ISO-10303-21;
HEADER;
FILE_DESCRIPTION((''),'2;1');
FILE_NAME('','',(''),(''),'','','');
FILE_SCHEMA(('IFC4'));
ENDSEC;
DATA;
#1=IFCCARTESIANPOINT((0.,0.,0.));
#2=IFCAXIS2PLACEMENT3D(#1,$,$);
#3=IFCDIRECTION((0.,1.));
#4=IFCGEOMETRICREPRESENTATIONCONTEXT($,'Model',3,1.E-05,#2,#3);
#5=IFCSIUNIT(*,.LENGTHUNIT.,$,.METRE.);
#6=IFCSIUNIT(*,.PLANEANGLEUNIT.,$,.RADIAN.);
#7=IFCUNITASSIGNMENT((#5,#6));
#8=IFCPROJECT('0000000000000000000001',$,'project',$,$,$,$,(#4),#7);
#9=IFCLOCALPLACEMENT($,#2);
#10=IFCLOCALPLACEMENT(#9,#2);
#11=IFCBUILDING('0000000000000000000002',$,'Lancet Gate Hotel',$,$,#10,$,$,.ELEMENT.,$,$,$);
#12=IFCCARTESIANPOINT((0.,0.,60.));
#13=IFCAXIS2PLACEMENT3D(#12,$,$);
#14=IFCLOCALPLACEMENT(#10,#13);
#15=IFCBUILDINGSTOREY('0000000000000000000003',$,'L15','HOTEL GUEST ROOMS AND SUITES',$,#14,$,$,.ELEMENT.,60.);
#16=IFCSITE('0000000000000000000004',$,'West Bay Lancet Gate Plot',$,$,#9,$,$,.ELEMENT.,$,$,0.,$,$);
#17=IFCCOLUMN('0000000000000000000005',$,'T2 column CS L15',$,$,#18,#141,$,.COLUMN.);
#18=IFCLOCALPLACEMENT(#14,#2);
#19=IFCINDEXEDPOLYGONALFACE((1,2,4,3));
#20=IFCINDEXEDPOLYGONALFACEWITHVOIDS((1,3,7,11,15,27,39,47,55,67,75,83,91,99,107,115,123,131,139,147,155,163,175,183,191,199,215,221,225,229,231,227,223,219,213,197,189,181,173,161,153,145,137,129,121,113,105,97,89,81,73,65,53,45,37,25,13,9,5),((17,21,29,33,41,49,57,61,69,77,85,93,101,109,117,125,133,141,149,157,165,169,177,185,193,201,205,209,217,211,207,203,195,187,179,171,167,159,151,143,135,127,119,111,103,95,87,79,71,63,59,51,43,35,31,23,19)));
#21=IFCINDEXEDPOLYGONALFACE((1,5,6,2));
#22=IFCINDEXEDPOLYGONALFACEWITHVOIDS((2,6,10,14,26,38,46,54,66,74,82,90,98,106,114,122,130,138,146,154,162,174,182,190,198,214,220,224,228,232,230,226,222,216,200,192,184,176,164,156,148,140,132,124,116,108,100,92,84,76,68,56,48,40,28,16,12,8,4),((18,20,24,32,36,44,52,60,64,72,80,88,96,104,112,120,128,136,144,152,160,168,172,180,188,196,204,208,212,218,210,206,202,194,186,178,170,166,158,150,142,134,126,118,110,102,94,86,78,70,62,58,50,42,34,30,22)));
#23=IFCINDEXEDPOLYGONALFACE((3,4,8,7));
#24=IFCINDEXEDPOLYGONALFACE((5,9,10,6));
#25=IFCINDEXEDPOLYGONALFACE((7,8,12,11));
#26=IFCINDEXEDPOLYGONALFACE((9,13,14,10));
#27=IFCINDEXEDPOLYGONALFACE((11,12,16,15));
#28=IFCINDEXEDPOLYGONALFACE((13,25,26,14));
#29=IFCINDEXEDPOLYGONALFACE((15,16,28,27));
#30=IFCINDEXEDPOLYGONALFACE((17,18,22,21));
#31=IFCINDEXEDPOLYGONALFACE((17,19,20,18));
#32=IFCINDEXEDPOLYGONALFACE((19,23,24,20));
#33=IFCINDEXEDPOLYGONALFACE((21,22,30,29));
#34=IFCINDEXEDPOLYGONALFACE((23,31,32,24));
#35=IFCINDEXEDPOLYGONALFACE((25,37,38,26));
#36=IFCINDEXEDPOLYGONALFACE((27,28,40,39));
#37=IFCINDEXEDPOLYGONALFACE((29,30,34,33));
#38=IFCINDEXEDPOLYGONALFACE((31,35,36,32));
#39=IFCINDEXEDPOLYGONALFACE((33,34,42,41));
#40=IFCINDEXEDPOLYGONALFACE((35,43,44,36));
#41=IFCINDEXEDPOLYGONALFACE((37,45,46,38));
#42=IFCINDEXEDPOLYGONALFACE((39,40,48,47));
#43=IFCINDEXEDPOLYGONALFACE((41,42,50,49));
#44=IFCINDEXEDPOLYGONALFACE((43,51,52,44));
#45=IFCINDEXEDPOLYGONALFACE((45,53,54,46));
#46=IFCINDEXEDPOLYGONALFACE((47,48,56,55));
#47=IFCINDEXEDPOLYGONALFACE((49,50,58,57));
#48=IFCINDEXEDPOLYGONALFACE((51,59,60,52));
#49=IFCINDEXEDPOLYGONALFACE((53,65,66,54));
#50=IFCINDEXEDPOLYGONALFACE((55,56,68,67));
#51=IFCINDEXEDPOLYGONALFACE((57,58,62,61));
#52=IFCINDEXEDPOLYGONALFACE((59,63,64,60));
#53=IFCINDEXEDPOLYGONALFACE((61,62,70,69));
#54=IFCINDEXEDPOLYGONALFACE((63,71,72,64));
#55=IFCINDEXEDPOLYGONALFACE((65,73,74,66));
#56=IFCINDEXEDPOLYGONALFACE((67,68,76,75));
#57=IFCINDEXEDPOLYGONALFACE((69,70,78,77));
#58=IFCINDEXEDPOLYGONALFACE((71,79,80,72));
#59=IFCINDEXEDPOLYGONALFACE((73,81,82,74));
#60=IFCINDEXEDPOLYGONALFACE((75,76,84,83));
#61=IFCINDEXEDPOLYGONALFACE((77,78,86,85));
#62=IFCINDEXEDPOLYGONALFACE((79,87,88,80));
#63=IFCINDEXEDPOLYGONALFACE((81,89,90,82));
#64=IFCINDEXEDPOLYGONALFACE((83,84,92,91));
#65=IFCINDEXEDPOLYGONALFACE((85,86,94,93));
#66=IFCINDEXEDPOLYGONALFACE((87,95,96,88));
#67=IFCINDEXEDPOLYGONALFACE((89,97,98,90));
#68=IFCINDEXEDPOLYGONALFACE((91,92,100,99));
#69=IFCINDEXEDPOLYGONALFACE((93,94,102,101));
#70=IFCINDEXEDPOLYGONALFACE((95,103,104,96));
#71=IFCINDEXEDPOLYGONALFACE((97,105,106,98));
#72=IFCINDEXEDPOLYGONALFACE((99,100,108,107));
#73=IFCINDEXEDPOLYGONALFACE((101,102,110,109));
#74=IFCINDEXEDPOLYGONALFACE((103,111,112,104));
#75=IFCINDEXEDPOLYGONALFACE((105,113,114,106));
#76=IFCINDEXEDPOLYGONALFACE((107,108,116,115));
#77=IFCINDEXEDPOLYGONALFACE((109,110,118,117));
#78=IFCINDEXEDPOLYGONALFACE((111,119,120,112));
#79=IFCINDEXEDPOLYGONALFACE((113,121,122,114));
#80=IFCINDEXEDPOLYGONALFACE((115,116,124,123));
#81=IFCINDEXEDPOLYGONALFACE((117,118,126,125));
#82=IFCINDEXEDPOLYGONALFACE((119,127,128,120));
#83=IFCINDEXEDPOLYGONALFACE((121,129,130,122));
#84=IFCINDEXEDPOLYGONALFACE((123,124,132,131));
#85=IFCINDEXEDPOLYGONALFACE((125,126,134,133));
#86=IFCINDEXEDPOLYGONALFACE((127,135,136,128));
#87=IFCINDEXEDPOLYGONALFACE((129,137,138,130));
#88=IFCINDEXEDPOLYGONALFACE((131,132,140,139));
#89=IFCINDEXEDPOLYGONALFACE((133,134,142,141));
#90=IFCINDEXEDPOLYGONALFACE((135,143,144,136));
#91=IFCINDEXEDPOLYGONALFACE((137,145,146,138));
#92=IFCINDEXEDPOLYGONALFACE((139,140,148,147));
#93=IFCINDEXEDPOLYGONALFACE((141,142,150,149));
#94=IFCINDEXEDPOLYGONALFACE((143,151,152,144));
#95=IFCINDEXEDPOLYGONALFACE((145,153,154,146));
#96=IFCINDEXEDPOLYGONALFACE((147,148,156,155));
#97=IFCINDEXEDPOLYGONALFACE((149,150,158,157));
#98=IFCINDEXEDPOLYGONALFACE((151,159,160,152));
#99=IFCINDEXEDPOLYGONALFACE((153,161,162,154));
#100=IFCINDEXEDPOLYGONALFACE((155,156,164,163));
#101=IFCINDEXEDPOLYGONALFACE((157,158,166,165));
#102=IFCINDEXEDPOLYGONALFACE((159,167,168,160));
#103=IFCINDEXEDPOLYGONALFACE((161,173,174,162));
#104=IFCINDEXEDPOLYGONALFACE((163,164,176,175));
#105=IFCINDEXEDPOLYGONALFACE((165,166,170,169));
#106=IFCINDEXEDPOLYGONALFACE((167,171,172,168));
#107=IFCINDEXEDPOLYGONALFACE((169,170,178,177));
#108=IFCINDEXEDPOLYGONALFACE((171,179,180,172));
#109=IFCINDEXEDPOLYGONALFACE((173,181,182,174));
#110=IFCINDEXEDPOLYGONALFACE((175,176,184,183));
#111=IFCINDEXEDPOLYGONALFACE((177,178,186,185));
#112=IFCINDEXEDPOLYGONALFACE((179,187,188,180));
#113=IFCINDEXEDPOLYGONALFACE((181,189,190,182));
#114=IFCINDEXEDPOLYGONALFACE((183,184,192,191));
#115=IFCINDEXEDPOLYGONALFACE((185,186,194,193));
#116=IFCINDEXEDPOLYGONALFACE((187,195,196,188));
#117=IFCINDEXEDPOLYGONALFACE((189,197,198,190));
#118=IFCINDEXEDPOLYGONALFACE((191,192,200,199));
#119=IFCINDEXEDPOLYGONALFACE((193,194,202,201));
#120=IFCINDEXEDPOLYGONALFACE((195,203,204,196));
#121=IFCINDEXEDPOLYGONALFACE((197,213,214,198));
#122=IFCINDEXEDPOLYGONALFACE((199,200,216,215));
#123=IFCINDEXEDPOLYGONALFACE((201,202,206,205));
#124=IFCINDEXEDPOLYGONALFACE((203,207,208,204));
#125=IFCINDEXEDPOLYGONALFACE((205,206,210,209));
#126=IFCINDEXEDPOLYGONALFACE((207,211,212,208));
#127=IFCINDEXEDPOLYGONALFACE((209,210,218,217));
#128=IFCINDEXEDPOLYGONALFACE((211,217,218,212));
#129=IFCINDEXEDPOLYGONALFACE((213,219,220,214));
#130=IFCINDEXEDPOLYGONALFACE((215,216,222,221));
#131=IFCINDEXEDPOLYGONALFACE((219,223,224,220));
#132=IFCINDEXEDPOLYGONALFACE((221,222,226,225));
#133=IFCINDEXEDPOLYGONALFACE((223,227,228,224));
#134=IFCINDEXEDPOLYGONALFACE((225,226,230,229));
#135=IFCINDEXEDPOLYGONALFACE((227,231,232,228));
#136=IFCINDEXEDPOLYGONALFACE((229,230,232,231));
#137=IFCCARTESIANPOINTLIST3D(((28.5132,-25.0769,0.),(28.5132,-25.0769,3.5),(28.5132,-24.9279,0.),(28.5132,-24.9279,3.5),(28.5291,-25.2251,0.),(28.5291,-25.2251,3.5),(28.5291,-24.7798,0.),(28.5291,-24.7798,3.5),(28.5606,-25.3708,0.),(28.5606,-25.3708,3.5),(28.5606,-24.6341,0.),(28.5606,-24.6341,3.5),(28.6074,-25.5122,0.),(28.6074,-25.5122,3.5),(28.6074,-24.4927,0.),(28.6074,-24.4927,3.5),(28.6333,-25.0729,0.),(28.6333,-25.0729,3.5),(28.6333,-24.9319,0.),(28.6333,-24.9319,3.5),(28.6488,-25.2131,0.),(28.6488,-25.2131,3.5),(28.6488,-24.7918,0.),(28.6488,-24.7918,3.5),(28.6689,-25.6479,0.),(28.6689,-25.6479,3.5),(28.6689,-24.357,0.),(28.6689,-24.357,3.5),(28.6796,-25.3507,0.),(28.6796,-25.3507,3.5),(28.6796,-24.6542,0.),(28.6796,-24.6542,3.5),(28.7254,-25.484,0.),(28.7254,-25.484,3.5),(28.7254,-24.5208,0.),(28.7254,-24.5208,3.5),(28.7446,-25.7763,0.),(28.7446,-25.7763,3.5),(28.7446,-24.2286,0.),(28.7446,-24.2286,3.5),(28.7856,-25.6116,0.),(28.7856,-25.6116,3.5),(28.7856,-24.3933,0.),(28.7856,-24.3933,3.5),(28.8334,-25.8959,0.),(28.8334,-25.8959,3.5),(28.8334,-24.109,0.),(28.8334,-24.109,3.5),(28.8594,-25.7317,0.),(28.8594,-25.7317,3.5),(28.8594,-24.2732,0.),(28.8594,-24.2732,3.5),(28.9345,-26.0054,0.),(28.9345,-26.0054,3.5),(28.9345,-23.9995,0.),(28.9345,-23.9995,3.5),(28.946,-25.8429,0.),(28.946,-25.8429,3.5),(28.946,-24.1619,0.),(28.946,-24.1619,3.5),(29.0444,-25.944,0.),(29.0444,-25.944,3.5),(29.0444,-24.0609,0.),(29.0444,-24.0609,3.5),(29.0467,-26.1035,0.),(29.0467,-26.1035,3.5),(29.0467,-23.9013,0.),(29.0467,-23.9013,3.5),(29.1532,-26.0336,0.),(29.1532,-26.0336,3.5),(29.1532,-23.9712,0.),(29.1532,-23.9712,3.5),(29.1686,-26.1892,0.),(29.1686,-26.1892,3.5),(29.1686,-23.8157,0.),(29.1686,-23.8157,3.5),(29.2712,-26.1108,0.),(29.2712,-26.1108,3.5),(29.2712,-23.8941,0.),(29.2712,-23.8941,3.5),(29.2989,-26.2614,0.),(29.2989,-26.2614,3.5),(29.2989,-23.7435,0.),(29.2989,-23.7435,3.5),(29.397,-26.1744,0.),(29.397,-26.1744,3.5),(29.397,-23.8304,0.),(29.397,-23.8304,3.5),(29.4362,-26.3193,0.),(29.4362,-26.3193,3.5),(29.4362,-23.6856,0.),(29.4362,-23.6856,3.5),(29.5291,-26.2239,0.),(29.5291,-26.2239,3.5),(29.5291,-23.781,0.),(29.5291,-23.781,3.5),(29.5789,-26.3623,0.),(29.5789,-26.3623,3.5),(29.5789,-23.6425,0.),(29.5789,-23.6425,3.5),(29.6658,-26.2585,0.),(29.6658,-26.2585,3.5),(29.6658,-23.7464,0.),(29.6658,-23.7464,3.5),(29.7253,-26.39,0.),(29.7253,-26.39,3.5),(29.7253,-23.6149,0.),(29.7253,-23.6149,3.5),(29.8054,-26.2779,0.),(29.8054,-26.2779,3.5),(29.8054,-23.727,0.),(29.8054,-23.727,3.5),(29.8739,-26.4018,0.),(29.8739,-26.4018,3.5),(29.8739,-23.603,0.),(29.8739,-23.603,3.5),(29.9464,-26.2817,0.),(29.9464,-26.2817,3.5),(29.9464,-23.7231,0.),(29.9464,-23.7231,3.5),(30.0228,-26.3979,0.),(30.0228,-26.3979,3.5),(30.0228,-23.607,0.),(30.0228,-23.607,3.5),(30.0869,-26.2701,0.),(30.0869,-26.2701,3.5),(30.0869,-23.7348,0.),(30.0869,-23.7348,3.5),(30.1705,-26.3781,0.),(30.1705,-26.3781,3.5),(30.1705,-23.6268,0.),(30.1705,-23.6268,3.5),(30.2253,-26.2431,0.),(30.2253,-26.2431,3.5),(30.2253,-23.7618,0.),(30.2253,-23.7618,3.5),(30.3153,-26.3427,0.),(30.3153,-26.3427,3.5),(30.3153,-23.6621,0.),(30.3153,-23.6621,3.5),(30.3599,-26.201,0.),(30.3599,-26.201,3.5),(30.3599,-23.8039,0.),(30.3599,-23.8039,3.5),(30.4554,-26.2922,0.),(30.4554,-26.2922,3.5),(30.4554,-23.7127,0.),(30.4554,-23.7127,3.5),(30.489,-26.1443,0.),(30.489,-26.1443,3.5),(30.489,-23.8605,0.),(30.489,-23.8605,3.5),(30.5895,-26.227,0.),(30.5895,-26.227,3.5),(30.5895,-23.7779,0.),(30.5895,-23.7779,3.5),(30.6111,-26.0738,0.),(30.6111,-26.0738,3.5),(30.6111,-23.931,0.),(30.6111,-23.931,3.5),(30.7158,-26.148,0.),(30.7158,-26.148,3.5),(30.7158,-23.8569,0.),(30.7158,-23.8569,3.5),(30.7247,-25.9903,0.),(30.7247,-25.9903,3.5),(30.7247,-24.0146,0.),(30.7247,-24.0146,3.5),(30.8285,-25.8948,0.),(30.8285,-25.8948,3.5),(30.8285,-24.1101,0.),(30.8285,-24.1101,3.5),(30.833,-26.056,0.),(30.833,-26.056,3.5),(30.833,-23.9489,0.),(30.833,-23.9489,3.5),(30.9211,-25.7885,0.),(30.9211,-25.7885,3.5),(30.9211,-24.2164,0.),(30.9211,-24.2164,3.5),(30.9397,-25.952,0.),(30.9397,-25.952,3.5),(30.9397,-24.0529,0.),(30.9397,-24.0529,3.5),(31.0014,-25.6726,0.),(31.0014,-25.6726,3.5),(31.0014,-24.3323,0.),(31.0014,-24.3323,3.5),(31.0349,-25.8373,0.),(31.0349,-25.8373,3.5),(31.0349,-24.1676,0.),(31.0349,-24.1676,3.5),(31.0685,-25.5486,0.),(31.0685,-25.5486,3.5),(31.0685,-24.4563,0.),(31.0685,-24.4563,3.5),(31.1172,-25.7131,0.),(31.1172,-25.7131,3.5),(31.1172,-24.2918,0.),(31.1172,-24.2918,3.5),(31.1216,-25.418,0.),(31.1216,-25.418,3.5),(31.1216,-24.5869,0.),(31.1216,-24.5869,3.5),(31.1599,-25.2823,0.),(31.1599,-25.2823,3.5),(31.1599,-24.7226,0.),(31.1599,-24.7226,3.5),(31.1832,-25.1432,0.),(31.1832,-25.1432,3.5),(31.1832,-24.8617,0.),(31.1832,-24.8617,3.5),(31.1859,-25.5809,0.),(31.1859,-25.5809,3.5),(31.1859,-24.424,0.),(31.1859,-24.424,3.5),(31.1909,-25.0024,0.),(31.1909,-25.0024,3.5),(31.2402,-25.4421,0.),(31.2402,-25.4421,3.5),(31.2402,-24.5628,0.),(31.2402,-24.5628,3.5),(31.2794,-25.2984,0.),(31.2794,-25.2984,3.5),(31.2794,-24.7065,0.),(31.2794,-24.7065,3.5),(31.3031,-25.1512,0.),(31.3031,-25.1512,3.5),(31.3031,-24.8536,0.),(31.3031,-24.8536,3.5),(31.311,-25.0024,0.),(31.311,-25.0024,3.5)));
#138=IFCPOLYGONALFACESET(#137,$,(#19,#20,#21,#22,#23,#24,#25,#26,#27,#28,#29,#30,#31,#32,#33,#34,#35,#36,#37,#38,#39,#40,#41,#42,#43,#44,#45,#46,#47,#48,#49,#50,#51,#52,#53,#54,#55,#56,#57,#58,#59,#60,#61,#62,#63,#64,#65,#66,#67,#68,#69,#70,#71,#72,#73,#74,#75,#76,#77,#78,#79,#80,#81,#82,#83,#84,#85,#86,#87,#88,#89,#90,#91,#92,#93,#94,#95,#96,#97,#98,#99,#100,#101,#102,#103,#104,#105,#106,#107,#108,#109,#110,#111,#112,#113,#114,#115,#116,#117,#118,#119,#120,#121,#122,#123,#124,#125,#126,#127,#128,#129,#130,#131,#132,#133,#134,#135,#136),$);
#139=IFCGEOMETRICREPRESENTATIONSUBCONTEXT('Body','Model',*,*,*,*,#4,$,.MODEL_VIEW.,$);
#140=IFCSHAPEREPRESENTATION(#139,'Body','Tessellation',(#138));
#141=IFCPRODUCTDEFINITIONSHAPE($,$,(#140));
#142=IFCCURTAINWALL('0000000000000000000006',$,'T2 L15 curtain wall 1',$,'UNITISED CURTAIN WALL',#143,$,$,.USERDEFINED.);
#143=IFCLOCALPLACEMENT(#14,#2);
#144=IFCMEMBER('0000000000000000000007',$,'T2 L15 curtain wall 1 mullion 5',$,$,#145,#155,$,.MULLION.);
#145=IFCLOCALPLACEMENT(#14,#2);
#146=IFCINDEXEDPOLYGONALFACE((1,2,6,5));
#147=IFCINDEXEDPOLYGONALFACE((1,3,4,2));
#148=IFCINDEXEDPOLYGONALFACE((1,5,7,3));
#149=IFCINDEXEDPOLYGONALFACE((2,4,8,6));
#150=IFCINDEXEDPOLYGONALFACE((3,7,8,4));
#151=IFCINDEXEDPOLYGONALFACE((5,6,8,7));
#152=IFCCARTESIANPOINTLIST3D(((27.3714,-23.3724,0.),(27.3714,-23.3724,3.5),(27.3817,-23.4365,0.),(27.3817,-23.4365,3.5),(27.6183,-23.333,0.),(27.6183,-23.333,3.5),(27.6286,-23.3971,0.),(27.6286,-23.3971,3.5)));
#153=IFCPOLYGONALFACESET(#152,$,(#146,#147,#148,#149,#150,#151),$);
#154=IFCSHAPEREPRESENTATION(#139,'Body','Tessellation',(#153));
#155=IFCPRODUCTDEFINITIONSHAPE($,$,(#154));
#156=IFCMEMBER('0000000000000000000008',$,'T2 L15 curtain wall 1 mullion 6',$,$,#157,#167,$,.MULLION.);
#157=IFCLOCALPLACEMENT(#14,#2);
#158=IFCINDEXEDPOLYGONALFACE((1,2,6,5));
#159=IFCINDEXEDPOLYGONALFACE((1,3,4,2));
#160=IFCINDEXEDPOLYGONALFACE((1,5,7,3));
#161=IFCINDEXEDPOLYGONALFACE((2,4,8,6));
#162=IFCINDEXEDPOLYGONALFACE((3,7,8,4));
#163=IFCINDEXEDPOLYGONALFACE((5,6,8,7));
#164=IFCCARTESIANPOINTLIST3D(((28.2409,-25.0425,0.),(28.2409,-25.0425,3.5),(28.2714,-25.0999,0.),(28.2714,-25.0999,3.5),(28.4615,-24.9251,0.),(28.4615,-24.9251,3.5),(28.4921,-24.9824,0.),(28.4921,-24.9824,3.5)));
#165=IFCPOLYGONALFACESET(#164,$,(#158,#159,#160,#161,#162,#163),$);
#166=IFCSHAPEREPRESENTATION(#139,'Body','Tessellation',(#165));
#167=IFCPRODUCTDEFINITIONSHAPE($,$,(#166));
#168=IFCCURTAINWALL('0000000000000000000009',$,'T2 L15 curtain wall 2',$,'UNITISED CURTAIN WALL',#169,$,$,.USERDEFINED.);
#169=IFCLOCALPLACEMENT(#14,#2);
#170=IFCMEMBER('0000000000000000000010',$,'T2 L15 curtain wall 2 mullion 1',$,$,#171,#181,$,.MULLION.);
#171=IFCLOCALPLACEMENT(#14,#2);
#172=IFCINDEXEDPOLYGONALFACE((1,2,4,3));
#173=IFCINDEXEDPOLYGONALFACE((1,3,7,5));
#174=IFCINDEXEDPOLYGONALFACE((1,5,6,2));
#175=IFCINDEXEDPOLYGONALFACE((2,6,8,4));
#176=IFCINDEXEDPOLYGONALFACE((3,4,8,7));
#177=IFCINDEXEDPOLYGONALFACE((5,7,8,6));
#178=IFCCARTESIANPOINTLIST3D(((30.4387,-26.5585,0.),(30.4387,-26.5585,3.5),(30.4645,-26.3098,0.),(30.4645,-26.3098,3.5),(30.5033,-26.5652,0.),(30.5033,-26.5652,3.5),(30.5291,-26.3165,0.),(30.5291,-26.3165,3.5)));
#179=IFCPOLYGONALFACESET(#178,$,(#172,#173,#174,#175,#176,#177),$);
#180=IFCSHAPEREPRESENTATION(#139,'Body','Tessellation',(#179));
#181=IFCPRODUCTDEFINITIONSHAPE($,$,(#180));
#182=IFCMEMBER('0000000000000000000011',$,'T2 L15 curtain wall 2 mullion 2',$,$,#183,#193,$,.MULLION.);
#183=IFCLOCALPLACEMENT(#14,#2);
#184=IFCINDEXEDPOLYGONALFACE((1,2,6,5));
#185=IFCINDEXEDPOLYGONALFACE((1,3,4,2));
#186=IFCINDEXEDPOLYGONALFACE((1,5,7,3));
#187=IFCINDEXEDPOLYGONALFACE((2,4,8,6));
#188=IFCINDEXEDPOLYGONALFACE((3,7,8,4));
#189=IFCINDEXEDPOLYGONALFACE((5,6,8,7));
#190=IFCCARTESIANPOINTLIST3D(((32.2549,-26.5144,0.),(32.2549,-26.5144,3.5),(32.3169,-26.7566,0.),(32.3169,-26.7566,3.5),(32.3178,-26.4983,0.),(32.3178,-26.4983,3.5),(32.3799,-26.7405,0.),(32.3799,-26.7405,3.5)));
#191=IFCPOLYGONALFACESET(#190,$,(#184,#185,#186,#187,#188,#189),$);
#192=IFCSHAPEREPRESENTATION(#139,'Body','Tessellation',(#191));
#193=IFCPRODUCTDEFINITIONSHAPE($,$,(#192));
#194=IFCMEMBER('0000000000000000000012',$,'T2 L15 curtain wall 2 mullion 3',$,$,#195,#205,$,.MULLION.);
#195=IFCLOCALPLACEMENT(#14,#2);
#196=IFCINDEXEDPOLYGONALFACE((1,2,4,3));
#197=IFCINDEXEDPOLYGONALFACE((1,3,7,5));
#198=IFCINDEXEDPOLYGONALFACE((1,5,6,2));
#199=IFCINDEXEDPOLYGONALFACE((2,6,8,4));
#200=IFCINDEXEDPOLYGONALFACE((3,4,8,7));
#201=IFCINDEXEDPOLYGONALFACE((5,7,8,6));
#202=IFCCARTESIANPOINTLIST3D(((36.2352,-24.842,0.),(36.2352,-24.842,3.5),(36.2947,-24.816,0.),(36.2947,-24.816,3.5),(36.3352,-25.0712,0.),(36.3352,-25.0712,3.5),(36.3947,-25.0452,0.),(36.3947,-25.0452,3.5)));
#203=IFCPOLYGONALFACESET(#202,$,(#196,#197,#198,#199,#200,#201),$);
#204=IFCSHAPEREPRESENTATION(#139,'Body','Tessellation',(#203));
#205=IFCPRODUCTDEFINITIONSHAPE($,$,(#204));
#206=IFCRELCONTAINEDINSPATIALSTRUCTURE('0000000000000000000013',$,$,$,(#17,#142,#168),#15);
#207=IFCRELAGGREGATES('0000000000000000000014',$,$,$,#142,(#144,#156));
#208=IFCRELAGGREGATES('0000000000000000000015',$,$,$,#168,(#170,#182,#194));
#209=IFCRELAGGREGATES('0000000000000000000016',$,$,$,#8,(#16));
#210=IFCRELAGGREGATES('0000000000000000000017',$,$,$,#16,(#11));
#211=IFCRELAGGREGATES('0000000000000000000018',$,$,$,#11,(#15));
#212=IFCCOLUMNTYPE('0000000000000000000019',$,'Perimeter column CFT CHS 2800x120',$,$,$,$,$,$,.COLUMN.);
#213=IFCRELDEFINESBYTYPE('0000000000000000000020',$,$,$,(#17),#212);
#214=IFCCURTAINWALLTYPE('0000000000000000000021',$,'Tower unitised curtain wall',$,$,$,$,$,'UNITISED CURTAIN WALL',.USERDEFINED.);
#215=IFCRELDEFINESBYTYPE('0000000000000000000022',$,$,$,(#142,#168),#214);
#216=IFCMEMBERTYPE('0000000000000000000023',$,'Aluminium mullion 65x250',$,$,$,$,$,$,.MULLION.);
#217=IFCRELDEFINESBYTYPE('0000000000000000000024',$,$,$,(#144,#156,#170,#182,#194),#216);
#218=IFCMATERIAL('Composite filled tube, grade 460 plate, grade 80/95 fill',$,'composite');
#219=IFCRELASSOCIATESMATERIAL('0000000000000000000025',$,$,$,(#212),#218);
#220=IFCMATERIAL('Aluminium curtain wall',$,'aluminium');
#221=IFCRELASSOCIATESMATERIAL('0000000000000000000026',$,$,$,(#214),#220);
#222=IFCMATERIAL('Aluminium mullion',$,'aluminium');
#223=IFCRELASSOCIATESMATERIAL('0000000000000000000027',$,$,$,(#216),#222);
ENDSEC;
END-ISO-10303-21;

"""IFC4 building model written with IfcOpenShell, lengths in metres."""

from ifc_helpers import new_model, si_unit, direction, frame, origin, origin_2d, place, context, subcontext, project, spatial, rectangle, hollow_circle, extrude, material, material_profile, profile_set, type_object, element, aggregate, save


model = new_model("IFC4")

# Units and contexts
model_context = context("Model", 3, precision=1e-05, world=origin(), true_north=direction((0.0, 1.0)))
body_context = subcontext(model_context, "Body", "Model", "MODEL_VIEW")
ifc_project = project(units=[si_unit("LENGTHUNIT", "METRE"), si_unit("PLANEANGLEUNIT", "RADIAN")], contexts=[model_context])

# Site, building, storey
site_placement = place(None, origin())
site = spatial("IfcSite", under=ifc_project, at=site_placement, Name="West Bay Lancet Gate Plot", CompositionType="ELEMENT", RefElevation=0.0)
building_placement = place(site_placement, origin())
building = spatial("IfcBuilding", under=site, at=building_placement, Name="Lancet Gate Hotel", CompositionType="ELEMENT")
storey_placement = place(building_placement, frame((0.0, 0.0, 60.0)))
storey = spatial("IfcBuildingStorey", under=building, at=storey_placement, Name="L15", Description="HOTEL GUEST ROOMS AND SUITES", CompositionType="ELEMENT", Elevation=60.0)

# Column
ifc_material_1 = material(Name="Composite filled tube, grade 460 plate, grade 80/95 fill", Category="composite")
ifc_material_profile_1 = material_profile(ifc_material_1, hollow_circle(Radius=1.3999, WallThickness=0.1201, at=origin_2d()), Name="CHS 2800x120")
ifc_profile_set_1 = profile_set([ifc_material_profile_1], Name="Composite filled tube, grade 460 plate, grade 80/95 fill")
column_type = type_object("IfcColumnType", Name="Perimeter column CFT CHS 2800x120", PredefinedType="COLUMN", material=ifc_profile_set_1)
column_placement = place(storey_placement, frame((29.9111, -25.0024, 0.0), z_axis=(0.0, 0.0, 1.0), x_axis=(1.0, 0.0, 0.0)))
element("IfcColumn", 1, at=column_placement, inside=storey, type_object=column_type, Name="T2 column CS L15", PredefinedType="COLUMN", context=body_context, shape_type="SweptSolid", body=[
    extrude(hollow_circle(Radius=1.3999, WallThickness=0.1201, at=origin_2d()), origin(), (0.0, 0.0, 1.0), 3.5),
])

# Curtain walls, members
ifc_material_2 = material(Name="Aluminium curtain wall", Category="aluminium")
curtain_wall_type = type_object("IfcCurtainWallType", Name="Tower unitised curtain wall", ElementType="UNITISED CURTAIN WALL", PredefinedType="USERDEFINED", material=ifc_material_2)
curtain_wall_1_placement = place(storey_placement, origin())
curtain_wall_1 = element("IfcCurtainWall", 2, at=curtain_wall_1_placement, inside=storey, type_object=curtain_wall_type, Name="T2 L15 curtain wall 1", ObjectType="UNITISED CURTAIN WALL", PredefinedType="USERDEFINED")
ifc_material_3 = material(Name="Aluminium mullion", Category="aluminium")
ifc_material_profile_2 = material_profile(ifc_material_3, rectangle(XDim=0.0649, YDim=0.25, at=origin_2d()), Name="MULLION 65x250")
ifc_profile_set_2 = profile_set([ifc_material_profile_2], Name="Aluminium mullion")
member_type_1 = type_object("IfcMemberType", Name="Aluminium mullion 65x250", PredefinedType="MULLION", material=ifc_profile_set_2)
member_1_placement = place(storey_placement, frame((27.5, -23.3848, 0.0), z_axis=(0.0, 0.0, 1.0), x_axis=(0.157752, -0.987479, 0.0)))
member_1 = element("IfcMember", 3, at=member_1_placement, type_object=member_type_1, Name="T2 L15 curtain wall 1 mullion 5", PredefinedType="MULLION", context=body_context, shape_type="SweptSolid", body=[
    extrude(rectangle(XDim=0.0649, YDim=0.25, at=origin_2d()), origin(), (0.0, 0.0, 1.0), 3.5),
])
member_2_placement = place(storey_placement, frame((28.3665, -25.0125, 0.0), z_axis=(0.0, 0.0, 1.0), x_axis=(0.469898, -0.882721, 0.0)))
member_2 = element("IfcMember", 4, at=member_2_placement, type_object=member_type_1, Name="T2 L15 curtain wall 1 mullion 6", PredefinedType="MULLION", context=body_context, shape_type="SweptSolid", body=[
    extrude(rectangle(XDim=0.0649, YDim=0.25, at=origin_2d()), origin(), (0.0, 0.0, 1.0), 3.5),
])
curtain_wall_2_placement = place(storey_placement, origin())
curtain_wall_2 = element("IfcCurtainWall", 5, at=curtain_wall_2_placement, inside=storey, type_object=curtain_wall_type, Name="T2 L15 curtain wall 2", ObjectType="UNITISED CURTAIN WALL", PredefinedType="USERDEFINED")
member_3_placement = place(storey_placement, frame((30.4839, -26.4375, 0.0), z_axis=(0.0, 0.0, 1.0), x_axis=(0.994672, -0.103088, 0.0)))
member_3 = element("IfcMember", 6, at=member_3_placement, type_object=member_type_1, Name="T2 L15 curtain wall 2 mullion 1", PredefinedType="MULLION", context=body_context, shape_type="SweptSolid", body=[
    extrude(rectangle(XDim=0.0649, YDim=0.25, at=origin_2d()), origin(), (0.0, 0.0, 1.0), 3.5),
])
member_4_placement = place(storey_placement, frame((32.3174, -26.6274, 0.0), z_axis=(0.0, 0.0, 1.0), x_axis=(0.968721, 0.24815, 0.0)))
member_4 = element("IfcMember", 7, at=member_4_placement, type_object=member_type_1, Name="T2 L15 curtain wall 2 mullion 2", PredefinedType="MULLION", context=body_context, shape_type="SweptSolid", body=[
    extrude(rectangle(XDim=0.0649, YDim=0.25, at=origin_2d()), origin(), (0.0, 0.0, 1.0), 3.5),
])
member_5_placement = place(storey_placement, frame((36.3149, -24.9436, 0.0), z_axis=(0.0, 0.0, 1.0), x_axis=(0.916579, 0.399854, 0.0)))
member_5 = element("IfcMember", 8, at=member_5_placement, type_object=member_type_1, Name="T2 L15 curtain wall 2 mullion 3", PredefinedType="MULLION", context=body_context, shape_type="SweptSolid", body=[
    extrude(rectangle(XDim=0.0649, YDim=0.25, at=origin_2d()), origin(), (0.0, 0.0, 1.0), 3.5),
])

aggregate(curtain_wall_1, [member_1, member_2])
aggregate(curtain_wall_2, [member_3, member_4, member_5])

save(model, "model.ifc")
